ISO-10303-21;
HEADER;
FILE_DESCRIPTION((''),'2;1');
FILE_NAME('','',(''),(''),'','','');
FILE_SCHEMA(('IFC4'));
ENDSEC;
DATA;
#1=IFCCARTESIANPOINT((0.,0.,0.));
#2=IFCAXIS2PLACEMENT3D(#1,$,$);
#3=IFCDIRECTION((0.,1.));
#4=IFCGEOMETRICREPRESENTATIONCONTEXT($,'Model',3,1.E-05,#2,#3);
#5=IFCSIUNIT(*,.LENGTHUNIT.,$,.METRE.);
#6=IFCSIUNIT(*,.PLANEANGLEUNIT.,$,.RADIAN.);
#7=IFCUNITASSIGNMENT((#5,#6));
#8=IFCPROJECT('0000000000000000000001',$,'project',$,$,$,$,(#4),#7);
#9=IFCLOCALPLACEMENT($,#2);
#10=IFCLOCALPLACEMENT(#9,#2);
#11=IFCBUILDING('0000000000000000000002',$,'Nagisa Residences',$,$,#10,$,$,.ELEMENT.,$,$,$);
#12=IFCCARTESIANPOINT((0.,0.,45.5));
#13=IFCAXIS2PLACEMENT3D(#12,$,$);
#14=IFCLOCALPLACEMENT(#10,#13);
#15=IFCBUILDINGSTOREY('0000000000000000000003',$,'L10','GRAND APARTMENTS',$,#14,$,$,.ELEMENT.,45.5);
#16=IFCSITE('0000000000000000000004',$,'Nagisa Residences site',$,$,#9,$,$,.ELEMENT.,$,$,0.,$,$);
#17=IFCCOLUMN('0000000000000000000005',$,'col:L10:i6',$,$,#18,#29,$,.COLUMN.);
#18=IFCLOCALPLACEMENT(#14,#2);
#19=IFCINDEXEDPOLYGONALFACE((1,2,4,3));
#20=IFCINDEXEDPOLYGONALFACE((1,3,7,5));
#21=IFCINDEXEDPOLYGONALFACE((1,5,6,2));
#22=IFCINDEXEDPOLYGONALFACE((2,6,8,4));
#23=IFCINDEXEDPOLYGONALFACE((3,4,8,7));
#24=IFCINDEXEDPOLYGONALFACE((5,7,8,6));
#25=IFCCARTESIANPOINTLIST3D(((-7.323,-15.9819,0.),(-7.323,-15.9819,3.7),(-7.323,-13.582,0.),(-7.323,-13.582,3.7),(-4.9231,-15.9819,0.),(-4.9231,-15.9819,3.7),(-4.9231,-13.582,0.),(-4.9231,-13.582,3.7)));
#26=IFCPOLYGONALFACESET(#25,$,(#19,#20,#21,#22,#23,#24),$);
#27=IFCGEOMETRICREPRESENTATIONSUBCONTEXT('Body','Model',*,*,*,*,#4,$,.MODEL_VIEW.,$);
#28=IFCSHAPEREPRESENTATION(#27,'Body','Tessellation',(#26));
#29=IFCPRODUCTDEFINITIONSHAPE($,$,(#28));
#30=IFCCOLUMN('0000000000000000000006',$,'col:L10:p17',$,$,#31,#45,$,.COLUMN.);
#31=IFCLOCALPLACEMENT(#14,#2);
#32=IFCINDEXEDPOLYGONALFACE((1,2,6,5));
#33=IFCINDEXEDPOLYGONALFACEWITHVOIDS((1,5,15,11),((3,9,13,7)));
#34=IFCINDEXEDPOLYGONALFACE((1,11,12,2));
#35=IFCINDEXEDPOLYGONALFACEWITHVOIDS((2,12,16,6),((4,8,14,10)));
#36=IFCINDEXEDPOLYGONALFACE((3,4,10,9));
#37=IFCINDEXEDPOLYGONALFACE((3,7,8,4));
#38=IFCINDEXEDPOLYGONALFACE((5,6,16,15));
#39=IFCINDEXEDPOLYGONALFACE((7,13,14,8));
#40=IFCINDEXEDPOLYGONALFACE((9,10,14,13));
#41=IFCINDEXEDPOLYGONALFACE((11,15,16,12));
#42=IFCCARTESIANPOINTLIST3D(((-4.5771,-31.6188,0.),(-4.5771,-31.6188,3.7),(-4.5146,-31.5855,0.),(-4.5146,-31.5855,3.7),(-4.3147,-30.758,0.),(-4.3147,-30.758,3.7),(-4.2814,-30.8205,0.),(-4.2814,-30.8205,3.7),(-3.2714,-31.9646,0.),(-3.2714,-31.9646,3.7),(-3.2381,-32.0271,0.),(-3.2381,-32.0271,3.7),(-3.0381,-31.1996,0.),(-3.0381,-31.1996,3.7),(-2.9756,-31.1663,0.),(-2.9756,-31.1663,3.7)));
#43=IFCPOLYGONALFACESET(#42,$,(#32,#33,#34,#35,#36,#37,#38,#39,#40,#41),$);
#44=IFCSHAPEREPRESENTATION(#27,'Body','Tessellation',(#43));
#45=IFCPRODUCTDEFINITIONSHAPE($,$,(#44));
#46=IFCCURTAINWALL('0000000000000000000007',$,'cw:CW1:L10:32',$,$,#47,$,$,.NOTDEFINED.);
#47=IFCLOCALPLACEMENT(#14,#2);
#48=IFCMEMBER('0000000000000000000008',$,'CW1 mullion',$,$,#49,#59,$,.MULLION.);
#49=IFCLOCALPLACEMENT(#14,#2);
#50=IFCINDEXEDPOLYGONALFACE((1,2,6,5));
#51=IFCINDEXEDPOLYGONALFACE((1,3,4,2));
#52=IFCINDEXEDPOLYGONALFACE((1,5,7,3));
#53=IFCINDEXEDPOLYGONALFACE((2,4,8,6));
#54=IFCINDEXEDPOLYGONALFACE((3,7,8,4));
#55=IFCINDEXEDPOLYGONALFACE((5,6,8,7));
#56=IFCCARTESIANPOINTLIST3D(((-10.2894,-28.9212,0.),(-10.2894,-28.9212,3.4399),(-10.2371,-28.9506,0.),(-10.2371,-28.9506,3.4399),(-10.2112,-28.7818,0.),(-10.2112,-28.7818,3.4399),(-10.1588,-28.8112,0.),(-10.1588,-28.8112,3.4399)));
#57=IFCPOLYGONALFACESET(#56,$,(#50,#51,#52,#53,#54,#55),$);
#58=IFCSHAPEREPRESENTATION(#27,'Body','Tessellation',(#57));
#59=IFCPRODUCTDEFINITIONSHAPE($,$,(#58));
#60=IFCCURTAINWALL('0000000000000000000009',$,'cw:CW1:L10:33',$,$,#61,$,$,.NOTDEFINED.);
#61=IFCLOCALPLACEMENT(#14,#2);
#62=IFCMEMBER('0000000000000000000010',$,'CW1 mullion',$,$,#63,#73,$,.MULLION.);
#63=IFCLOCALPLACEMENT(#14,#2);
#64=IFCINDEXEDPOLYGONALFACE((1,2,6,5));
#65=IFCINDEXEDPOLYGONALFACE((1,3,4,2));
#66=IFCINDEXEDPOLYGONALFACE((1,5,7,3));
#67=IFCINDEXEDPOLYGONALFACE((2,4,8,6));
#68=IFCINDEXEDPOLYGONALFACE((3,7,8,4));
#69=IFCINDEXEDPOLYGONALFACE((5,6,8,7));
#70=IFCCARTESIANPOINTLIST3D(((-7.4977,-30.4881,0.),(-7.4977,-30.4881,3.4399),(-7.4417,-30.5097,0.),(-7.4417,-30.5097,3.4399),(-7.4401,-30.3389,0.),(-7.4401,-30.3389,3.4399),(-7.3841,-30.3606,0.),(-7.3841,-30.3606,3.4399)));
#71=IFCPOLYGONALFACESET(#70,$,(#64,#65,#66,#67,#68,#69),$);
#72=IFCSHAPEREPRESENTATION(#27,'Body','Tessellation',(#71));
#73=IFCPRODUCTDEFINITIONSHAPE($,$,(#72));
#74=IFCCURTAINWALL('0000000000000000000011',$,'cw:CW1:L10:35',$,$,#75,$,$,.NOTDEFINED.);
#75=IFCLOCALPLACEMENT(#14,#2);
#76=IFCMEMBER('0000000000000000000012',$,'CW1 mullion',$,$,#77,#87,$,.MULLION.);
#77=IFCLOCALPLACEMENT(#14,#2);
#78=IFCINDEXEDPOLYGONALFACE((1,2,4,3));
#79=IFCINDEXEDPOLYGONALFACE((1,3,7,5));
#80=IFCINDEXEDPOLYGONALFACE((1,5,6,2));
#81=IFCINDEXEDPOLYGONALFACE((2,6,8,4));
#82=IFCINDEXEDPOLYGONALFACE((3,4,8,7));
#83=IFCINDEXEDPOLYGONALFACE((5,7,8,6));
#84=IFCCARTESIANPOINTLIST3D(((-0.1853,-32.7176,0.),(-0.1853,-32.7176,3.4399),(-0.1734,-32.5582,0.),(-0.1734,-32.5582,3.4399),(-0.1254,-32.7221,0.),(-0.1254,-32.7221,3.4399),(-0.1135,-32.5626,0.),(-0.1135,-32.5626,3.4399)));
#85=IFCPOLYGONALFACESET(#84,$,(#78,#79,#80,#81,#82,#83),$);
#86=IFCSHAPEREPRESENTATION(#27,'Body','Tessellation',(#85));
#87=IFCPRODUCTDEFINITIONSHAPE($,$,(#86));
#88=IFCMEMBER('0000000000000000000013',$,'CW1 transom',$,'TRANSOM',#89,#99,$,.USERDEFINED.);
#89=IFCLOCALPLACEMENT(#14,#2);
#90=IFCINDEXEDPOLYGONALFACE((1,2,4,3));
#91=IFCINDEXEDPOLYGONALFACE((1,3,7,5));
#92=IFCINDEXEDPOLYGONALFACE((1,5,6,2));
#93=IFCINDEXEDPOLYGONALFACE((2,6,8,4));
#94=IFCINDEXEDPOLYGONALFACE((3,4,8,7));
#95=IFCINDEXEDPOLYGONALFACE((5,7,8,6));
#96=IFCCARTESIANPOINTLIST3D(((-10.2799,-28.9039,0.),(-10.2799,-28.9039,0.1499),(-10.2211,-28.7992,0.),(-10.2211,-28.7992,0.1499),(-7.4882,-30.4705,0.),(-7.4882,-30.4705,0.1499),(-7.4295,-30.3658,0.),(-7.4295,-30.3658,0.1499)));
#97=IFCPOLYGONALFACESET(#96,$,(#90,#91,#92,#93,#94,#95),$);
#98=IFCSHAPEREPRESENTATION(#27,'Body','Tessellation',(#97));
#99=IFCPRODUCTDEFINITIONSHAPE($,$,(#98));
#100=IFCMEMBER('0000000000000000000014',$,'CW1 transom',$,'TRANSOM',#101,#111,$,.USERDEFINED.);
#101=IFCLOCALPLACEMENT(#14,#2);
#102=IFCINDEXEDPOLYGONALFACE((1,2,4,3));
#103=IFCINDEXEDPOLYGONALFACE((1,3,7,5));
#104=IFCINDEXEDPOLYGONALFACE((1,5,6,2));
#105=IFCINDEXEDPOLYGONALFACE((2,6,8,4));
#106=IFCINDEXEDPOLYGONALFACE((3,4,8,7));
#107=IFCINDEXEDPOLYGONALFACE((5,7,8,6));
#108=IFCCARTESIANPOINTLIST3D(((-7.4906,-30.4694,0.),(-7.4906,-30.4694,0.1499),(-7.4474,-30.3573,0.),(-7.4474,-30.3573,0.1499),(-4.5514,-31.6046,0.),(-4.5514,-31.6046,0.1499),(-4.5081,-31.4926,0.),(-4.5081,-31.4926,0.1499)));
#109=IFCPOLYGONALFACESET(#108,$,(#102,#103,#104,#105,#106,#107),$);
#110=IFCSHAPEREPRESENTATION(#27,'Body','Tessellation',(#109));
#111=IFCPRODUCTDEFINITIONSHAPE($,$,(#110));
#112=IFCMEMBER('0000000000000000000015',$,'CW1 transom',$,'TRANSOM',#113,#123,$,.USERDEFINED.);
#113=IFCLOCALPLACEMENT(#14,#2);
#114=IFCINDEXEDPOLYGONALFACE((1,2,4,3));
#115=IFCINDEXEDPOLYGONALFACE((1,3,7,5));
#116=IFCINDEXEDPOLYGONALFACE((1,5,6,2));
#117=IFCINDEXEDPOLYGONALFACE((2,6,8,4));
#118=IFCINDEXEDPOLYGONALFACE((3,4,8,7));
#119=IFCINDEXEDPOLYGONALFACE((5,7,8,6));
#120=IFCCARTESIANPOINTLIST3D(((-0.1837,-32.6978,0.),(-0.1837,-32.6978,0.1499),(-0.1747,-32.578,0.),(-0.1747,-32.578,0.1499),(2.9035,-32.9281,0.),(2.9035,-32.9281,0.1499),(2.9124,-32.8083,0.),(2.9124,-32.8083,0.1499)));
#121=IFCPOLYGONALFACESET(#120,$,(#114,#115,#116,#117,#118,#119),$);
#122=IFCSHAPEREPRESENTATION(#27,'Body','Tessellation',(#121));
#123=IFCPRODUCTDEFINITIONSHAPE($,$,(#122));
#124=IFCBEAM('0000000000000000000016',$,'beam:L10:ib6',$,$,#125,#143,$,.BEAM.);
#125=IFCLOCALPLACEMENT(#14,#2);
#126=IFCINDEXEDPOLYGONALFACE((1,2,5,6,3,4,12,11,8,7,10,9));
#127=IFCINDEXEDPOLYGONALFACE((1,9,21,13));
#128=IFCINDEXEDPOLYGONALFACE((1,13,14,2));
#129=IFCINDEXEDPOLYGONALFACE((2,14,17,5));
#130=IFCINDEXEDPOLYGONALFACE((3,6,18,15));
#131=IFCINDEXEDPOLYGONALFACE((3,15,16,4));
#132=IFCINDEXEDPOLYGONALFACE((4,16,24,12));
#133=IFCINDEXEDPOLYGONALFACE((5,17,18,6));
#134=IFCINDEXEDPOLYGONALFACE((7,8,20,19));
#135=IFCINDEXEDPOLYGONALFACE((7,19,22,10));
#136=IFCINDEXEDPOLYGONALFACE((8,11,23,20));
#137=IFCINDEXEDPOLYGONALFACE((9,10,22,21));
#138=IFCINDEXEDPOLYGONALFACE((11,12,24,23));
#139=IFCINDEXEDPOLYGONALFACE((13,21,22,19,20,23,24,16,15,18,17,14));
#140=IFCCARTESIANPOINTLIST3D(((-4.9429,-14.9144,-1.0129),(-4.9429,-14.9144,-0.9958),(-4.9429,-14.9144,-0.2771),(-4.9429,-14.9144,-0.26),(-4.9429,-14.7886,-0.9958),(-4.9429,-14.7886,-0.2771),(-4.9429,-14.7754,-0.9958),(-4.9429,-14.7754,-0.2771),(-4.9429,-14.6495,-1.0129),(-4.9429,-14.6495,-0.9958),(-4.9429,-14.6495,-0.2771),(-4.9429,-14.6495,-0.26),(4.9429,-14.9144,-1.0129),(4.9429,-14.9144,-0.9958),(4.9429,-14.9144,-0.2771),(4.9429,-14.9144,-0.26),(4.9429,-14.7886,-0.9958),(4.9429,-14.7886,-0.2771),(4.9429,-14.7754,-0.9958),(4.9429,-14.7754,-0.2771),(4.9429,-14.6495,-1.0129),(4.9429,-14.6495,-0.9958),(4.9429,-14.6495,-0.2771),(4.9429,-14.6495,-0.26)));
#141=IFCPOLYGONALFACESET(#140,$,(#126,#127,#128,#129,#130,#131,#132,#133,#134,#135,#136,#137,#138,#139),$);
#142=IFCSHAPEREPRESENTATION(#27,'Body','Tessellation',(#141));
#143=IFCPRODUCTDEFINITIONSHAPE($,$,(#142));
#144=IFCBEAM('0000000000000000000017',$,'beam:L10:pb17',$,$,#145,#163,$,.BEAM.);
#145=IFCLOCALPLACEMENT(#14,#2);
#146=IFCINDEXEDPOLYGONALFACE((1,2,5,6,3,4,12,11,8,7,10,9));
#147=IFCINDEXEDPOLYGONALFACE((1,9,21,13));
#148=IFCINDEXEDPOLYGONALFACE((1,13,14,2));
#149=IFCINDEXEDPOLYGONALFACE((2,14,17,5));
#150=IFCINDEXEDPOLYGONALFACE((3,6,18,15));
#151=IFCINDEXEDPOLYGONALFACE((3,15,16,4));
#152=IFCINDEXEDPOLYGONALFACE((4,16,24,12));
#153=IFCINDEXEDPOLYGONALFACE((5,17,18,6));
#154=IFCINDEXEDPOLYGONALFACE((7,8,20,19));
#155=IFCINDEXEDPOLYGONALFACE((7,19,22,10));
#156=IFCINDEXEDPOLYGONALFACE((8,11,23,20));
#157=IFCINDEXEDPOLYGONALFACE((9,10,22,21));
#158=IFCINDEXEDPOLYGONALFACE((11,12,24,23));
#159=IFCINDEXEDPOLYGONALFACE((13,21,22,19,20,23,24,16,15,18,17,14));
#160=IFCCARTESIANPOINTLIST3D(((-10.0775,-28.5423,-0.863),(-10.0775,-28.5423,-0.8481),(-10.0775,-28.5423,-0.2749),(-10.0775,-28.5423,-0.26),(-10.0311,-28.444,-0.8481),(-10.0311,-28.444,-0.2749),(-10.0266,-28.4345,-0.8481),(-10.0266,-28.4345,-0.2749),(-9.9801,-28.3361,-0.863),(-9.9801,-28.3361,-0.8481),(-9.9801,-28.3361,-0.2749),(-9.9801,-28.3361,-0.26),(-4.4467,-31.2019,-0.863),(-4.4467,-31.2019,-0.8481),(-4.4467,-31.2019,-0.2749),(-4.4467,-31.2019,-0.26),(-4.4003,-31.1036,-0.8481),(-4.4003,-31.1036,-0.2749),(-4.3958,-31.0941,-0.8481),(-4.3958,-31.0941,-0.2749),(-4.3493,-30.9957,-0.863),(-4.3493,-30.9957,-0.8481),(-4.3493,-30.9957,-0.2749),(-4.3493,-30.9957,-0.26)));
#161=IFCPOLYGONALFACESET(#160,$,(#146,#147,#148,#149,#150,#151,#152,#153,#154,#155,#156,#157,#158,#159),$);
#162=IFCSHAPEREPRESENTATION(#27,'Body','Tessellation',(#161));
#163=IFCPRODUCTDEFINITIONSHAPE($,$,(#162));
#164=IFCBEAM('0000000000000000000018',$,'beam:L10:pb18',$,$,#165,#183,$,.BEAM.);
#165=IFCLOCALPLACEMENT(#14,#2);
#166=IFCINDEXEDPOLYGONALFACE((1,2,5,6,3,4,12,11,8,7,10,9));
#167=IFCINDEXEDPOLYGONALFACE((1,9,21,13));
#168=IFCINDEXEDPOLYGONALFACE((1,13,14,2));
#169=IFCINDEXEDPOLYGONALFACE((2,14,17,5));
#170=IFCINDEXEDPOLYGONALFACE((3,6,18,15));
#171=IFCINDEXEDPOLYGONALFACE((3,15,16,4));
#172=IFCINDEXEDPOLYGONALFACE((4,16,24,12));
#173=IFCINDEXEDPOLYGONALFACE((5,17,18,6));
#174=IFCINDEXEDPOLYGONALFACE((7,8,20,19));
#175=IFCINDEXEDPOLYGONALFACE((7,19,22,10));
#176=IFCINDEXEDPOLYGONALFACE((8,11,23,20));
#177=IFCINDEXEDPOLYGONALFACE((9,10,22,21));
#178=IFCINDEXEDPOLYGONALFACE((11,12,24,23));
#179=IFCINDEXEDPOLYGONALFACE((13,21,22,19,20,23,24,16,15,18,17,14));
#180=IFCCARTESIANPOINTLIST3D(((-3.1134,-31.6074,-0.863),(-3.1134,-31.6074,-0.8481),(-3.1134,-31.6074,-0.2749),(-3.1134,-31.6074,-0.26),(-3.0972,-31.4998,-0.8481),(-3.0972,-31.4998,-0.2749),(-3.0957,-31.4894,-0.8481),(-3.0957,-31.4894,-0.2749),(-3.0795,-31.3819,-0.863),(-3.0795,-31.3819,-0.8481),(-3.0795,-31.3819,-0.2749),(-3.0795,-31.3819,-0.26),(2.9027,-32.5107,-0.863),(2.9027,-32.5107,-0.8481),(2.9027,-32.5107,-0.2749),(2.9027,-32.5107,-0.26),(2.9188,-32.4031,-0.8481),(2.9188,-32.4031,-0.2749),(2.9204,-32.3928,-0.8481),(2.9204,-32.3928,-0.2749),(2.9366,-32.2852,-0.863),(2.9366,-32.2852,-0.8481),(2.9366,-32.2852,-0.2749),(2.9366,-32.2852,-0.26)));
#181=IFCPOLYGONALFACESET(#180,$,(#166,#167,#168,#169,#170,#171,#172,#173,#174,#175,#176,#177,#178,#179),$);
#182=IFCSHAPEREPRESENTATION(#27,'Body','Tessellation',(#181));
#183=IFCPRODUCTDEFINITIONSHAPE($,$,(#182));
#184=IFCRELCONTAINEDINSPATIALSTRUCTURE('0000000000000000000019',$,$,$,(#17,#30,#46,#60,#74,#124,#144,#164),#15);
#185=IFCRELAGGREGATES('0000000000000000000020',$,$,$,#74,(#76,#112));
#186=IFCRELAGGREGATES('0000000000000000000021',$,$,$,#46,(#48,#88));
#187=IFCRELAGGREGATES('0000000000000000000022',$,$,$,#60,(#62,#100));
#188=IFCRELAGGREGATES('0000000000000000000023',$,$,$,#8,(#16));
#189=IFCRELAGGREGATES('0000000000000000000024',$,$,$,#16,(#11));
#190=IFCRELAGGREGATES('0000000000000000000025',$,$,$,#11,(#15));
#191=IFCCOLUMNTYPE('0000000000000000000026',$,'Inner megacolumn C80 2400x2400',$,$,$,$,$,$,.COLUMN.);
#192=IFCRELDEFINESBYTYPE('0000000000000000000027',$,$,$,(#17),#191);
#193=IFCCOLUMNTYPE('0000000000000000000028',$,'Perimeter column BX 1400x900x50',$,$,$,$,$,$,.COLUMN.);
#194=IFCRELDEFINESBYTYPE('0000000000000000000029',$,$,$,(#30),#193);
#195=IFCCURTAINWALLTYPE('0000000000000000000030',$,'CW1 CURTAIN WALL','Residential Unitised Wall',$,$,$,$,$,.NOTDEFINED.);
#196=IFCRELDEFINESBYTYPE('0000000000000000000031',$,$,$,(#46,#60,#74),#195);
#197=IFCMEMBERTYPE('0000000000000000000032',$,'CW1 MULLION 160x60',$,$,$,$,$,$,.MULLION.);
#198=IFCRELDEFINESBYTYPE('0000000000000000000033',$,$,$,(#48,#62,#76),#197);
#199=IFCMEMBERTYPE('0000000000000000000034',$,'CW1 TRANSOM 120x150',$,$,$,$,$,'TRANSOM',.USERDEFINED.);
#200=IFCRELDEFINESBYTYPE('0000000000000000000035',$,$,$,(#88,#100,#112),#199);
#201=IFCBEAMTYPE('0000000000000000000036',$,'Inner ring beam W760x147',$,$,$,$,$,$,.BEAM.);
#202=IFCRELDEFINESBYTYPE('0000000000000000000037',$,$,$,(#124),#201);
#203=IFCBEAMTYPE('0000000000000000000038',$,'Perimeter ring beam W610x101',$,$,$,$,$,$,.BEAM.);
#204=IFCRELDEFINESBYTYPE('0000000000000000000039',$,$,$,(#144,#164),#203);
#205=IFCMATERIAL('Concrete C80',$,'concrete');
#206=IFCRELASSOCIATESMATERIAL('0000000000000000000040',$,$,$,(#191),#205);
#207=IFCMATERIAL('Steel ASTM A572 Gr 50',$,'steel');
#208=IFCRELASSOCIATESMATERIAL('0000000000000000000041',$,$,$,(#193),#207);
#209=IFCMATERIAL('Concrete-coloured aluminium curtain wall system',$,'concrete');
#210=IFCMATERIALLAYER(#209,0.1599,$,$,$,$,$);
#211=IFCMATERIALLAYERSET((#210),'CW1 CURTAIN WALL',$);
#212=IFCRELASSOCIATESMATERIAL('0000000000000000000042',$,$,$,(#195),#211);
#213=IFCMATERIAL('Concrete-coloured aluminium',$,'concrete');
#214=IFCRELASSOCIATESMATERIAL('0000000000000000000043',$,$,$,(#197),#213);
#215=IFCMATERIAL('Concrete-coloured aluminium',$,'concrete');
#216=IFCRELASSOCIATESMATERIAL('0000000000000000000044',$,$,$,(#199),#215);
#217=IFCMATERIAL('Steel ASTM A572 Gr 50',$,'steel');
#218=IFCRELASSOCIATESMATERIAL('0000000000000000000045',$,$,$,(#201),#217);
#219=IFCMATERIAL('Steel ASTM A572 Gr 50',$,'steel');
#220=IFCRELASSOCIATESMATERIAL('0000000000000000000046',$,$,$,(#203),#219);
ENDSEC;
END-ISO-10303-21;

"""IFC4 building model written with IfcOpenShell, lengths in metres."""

from ifc_helpers import new_model, si_unit, direction, frame, origin, origin_2d, place, context, subcontext, project, spatial, rectangle, hollow_rectangle, i_section, extrude, material, layer, layer_set, material_profile, profile_set, type_object, element, aggregate, save


model = new_model("IFC4")

# Units and contexts
model_context = context("Model", 3, precision=1e-05, world=origin(), true_north=direction((0.0, 1.0)))
body_context = subcontext(model_context, "Body", "Model", "MODEL_VIEW")
ifc_project = project(units=[si_unit("LENGTHUNIT", "METRE"), si_unit("PLANEANGLEUNIT", "RADIAN")], contexts=[model_context])

# Site, building, storey
site_placement = place(None, origin())
site = spatial("IfcSite", under=ifc_project, at=site_placement, Name="Nagisa Residences site", CompositionType="ELEMENT", RefElevation=0.0)
building_placement = place(site_placement, origin())
building = spatial("IfcBuilding", under=site, at=building_placement, Name="Nagisa Residences", CompositionType="ELEMENT")
storey_placement = place(building_placement, frame((0.0, 0.0, 45.5)))
storey = spatial("IfcBuildingStorey", under=building, at=storey_placement, Name="L10", Description="GRAND APARTMENTS", CompositionType="ELEMENT", Elevation=45.5)

# Columns
ifc_material_1 = material(Name="Concrete C80", Category="concrete")
ifc_material_profile_1 = material_profile(ifc_material_1, rectangle(XDim=2.3999, YDim=2.3999, at=origin_2d()), Name="C80 2400x2400")
ifc_profile_set_1 = profile_set([ifc_material_profile_1], Name="Concrete C80")
column_type_1 = type_object("IfcColumnType", Name="Inner megacolumn C80 2400x2400", PredefinedType="COLUMN", material=ifc_profile_set_1)
column_1_placement = place(storey_placement, frame((-6.123, -14.782, 0.0), z_axis=(0.0, 0.0, 1.0), x_axis=(1.0, 0.0, 0.0)))
element("IfcColumn", 1, at=column_1_placement, inside=storey, type_object=column_type_1, Name="col:L10:i6", PredefinedType="COLUMN", context=body_context, shape_type="SweptSolid", body=[
    extrude(rectangle(XDim=2.3999, YDim=2.3999, at=origin_2d()), origin(), (0.0, 0.0, 1.0), 3.7),
])
ifc_material_2 = material(Name="Steel ASTM A572 Gr 50", Category="steel")
ifc_material_profile_2 = material_profile(ifc_material_2, hollow_rectangle(XDim=1.3999, YDim=0.8999, WallThickness=0.05, at=origin_2d()), Name="BX 1400x900x50")
ifc_profile_set_2 = profile_set([ifc_material_profile_2], Name="Steel ASTM A572 Gr 50")
column_type_2 = type_object("IfcColumnType", Name="Perimeter column BX 1400x900x50", PredefinedType="COLUMN", material=ifc_profile_set_2)
column_2_placement = place(storey_placement, frame((-3.7764, -31.3926, 0.0), z_axis=(0.0, 0.0, 1.0), x_axis=(0.956525, -0.291652, 0.0)))
element("IfcColumn", 2, at=column_2_placement, inside=storey, type_object=column_type_2, Name="col:L10:p17", PredefinedType="COLUMN", context=body_context, shape_type="SweptSolid", body=[
    extrude(hollow_rectangle(XDim=1.3999, YDim=0.8999, WallThickness=0.05, at=origin_2d()), origin(), (0.0, 0.0, 1.0), 3.7),
])

# Curtain walls, members
ifc_material_3 = material(Name="Concrete-coloured aluminium curtain wall system", Category="concrete")
ifc_layer_1 = layer(ifc_material_3, 0.1599)
ifc_layer_set_1 = layer_set([ifc_layer_1], Name="CW1 CURTAIN WALL")
curtain_wall_type = type_object("IfcCurtainWallType", Name="CW1 CURTAIN WALL", Description="Residential Unitised Wall", PredefinedType="NOTDEFINED", material=ifc_layer_set_1)
curtain_wall_1_placement = place(storey_placement, origin())
curtain_wall_1 = element("IfcCurtainWall", 3, at=curtain_wall_1_placement, inside=storey, type_object=curtain_wall_type, Name="cw:CW1:L10:32", PredefinedType="NOTDEFINED")
ifc_material_4 = material(Name="Concrete-coloured aluminium", Category="concrete")
ifc_material_profile_3 = material_profile(ifc_material_4, rectangle(XDim=0.1599, YDim=0.0601, at=origin_2d()), Name="CW1 MULLION 160x60")
ifc_profile_set_3 = profile_set([ifc_material_profile_3], Name="Concrete-coloured aluminium")
member_type_1 = type_object("IfcMemberType", Name="CW1 MULLION 160x60", PredefinedType="MULLION", material=ifc_profile_set_3)
member_1_placement = place(storey_placement, frame((-10.2241, -28.8662, 0.0), z_axis=(0.0, 0.0, 1.0), x_axis=(0.489377, 0.872072, 0.0)))
member_1 = element("IfcMember", 4, at=member_1_placement, type_object=member_type_1, Name="CW1 mullion", PredefinedType="MULLION", context=body_context, shape_type="SweptSolid", body=[
    extrude(rectangle(XDim=0.1599, YDim=0.0601, at=origin_2d()), origin(), (0.0, 0.0, 1.0), 3.4399),
])
curtain_wall_2_placement = place(storey_placement, origin())
curtain_wall_2 = element("IfcCurtainWall", 5, at=curtain_wall_2_placement, inside=storey, type_object=curtain_wall_type, Name="cw:CW1:L10:33", PredefinedType="NOTDEFINED")
member_2_placement = place(storey_placement, frame((-7.4409, -30.4243, 0.0), z_axis=(0.0, 0.0, 1.0), x_axis=(0.360328, 0.932826, 0.0)))
member_2 = element("IfcMember", 6, at=member_2_placement, type_object=member_type_1, Name="CW1 mullion", PredefinedType="MULLION", context=body_context, shape_type="SweptSolid", body=[
    extrude(rectangle(XDim=0.1599, YDim=0.0601, at=origin_2d()), origin(), (0.0, 0.0, 1.0), 3.4399),
])
curtain_wall_3_placement = place(storey_placement, origin())
curtain_wall_3 = element("IfcCurtainWall", 7, at=curtain_wall_3_placement, inside=storey, type_object=curtain_wall_type, Name="cw:CW1:L10:35", PredefinedType="NOTDEFINED")
member_3_placement = place(storey_placement, frame((-0.1494, -32.6401, 0.0), z_axis=(0.0, 0.0, 1.0), x_axis=(0.074377, 0.99723, 0.0)))
member_3 = element("IfcMember", 8, at=member_3_placement, type_object=member_type_1, Name="CW1 mullion", PredefinedType="MULLION", context=body_context, shape_type="SweptSolid", body=[
    extrude(rectangle(XDim=0.1599, YDim=0.0601, at=origin_2d()), origin(), (0.0, 0.0, 1.0), 3.4399),
])

# Members
ifc_material_5 = material(Name="Concrete-coloured aluminium", Category="concrete")
ifc_material_profile_4 = material_profile(ifc_material_5, rectangle(XDim=0.1201, YDim=0.1499, at=origin_2d()), Name="CW1 TRANSOM 120x150")
ifc_profile_set_4 = profile_set([ifc_material_profile_4], Name="Concrete-coloured aluminium")
member_type_2 = type_object("IfcMemberType", Name="CW1 TRANSOM 120x150", ElementType="TRANSOM", PredefinedType="USERDEFINED", material=ifc_profile_set_4)
member_4_placement = place(storey_placement, frame((-10.2505, -28.8516, 0.075), z_axis=(0.87207, -0.489381, 0.0), x_axis=(0.489381, 0.87207, 0.0)))
member_4 = element("IfcMember", 9, at=member_4_placement, type_object=member_type_2, Name="CW1 transom", ObjectType="TRANSOM", PredefinedType="USERDEFINED", context=body_context, shape_type="SweptSolid", body=[
    extrude(rectangle(XDim=0.1201, YDim=0.1499, at=origin_2d()), origin(), (0.0, 0.0, 1.0), 3.2012),
])
member_5_placement = place(storey_placement, frame((-7.469, -30.4133, 0.075), z_axis=(0.932835, -0.360303, 0.0), x_axis=(0.360303, 0.932835, 0.0)))
member_5 = element("IfcMember", 10, at=member_5_placement, type_object=member_type_2, Name="CW1 transom", ObjectType="TRANSOM", PredefinedType="USERDEFINED", context=body_context, shape_type="SweptSolid", body=[
    extrude(rectangle(XDim=0.1201, YDim=0.1499, at=origin_2d()), origin(), (0.0, 0.0, 1.0), 3.1509),
])
member_6_placement = place(storey_placement, frame((-0.1792, -32.6379, 0.075), z_axis=(0.997231, -0.074368, 0.0), x_axis=(0.074368, 0.997231, 0.0)))
member_6 = element("IfcMember", 11, at=member_6_placement, type_object=member_type_2, Name="CW1 transom", ObjectType="TRANSOM", PredefinedType="USERDEFINED", context=body_context, shape_type="SweptSolid", body=[
    extrude(rectangle(XDim=0.1201, YDim=0.1499, at=origin_2d()), origin(), (0.0, 0.0, 1.0), 3.0957),
])
aggregate(curtain_wall_3, [member_3, member_6])

# Beams
ifc_material_6 = material(Name="Steel ASTM A572 Gr 50", Category="steel")
ifc_material_profile_5 = material_profile(ifc_material_6, i_section(OverallWidth=0.2649, OverallDepth=0.7529, WebThickness=0.0132, FlangeThickness=0.0171, at=origin_2d()), Name="W760x147")
ifc_profile_set_5 = profile_set([ifc_material_profile_5], Name="Steel ASTM A572 Gr 50")
beam_type_1 = type_object("IfcBeamType", Name="Inner ring beam W760x147", PredefinedType="BEAM", material=ifc_profile_set_5)
beam_1_placement = place(storey_placement, frame((-4.9429, -14.782, -0.6365), z_axis=(1.0, 0.0, 0.0), x_axis=(0.0, 1.0, 0.0)))
element("IfcBeam", 12, at=beam_1_placement, inside=storey, type_object=beam_type_1, Name="beam:L10:ib6", PredefinedType="BEAM", context=body_context, shape_type="SweptSolid", body=[
    extrude(i_section(OverallWidth=0.2649, OverallDepth=0.7529, WebThickness=0.0132, FlangeThickness=0.0171, at=origin_2d()), origin(), (0.0, 0.0, 1.0), 9.8857),
])
ifc_material_7 = material(Name="Steel ASTM A572 Gr 50", Category="steel")
ifc_material_profile_6 = material_profile(ifc_material_7, i_section(OverallWidth=0.228, OverallDepth=0.603, WebThickness=0.0105, FlangeThickness=0.0149, at=origin_2d()), Name="W610x101")
ifc_profile_set_6 = profile_set([ifc_material_profile_6], Name="Steel ASTM A572 Gr 50")
beam_type_2 = type_object("IfcBeamType", Name="Perimeter ring beam W610x101", PredefinedType="BEAM", material=ifc_profile_set_6)
beam_2_placement = place(storey_placement, frame((-10.0288, -28.4392, -0.5615), z_axis=(0.904208, -0.427092, 0.0), x_axis=(0.427092, 0.904208, 0.0)))
element("IfcBeam", 13, at=beam_2_placement, inside=storey, type_object=beam_type_2, Name="beam:L10:pb17", PredefinedType="BEAM", context=body_context, shape_type="SweptSolid", body=[
    extrude(i_section(OverallWidth=0.228, OverallDepth=0.603, WebThickness=0.0105, FlangeThickness=0.0149, at=origin_2d()), origin(), (0.0, 0.0, 1.0), 6.2273),
])
beam_3_placement = place(storey_placement, frame((-3.0964, -31.4946, -0.5615), z_axis=(0.988915, -0.148486, 0.0), x_axis=(0.148486, 0.988915, 0.0)))
element("IfcBeam", 14, at=beam_3_placement, inside=storey, type_object=beam_type_2, Name="beam:L10:pb18", PredefinedType="BEAM", context=body_context, shape_type="SweptSolid", body=[
    extrude(i_section(OverallWidth=0.228, OverallDepth=0.603, WebThickness=0.0105, FlangeThickness=0.0149, at=origin_2d()), origin(), (0.0, 0.0, 1.0), 6.0835),
])

aggregate(curtain_wall_1, [member_1, member_4])
aggregate(curtain_wall_2, [member_2, member_5])

save(model, "model.ifc")
